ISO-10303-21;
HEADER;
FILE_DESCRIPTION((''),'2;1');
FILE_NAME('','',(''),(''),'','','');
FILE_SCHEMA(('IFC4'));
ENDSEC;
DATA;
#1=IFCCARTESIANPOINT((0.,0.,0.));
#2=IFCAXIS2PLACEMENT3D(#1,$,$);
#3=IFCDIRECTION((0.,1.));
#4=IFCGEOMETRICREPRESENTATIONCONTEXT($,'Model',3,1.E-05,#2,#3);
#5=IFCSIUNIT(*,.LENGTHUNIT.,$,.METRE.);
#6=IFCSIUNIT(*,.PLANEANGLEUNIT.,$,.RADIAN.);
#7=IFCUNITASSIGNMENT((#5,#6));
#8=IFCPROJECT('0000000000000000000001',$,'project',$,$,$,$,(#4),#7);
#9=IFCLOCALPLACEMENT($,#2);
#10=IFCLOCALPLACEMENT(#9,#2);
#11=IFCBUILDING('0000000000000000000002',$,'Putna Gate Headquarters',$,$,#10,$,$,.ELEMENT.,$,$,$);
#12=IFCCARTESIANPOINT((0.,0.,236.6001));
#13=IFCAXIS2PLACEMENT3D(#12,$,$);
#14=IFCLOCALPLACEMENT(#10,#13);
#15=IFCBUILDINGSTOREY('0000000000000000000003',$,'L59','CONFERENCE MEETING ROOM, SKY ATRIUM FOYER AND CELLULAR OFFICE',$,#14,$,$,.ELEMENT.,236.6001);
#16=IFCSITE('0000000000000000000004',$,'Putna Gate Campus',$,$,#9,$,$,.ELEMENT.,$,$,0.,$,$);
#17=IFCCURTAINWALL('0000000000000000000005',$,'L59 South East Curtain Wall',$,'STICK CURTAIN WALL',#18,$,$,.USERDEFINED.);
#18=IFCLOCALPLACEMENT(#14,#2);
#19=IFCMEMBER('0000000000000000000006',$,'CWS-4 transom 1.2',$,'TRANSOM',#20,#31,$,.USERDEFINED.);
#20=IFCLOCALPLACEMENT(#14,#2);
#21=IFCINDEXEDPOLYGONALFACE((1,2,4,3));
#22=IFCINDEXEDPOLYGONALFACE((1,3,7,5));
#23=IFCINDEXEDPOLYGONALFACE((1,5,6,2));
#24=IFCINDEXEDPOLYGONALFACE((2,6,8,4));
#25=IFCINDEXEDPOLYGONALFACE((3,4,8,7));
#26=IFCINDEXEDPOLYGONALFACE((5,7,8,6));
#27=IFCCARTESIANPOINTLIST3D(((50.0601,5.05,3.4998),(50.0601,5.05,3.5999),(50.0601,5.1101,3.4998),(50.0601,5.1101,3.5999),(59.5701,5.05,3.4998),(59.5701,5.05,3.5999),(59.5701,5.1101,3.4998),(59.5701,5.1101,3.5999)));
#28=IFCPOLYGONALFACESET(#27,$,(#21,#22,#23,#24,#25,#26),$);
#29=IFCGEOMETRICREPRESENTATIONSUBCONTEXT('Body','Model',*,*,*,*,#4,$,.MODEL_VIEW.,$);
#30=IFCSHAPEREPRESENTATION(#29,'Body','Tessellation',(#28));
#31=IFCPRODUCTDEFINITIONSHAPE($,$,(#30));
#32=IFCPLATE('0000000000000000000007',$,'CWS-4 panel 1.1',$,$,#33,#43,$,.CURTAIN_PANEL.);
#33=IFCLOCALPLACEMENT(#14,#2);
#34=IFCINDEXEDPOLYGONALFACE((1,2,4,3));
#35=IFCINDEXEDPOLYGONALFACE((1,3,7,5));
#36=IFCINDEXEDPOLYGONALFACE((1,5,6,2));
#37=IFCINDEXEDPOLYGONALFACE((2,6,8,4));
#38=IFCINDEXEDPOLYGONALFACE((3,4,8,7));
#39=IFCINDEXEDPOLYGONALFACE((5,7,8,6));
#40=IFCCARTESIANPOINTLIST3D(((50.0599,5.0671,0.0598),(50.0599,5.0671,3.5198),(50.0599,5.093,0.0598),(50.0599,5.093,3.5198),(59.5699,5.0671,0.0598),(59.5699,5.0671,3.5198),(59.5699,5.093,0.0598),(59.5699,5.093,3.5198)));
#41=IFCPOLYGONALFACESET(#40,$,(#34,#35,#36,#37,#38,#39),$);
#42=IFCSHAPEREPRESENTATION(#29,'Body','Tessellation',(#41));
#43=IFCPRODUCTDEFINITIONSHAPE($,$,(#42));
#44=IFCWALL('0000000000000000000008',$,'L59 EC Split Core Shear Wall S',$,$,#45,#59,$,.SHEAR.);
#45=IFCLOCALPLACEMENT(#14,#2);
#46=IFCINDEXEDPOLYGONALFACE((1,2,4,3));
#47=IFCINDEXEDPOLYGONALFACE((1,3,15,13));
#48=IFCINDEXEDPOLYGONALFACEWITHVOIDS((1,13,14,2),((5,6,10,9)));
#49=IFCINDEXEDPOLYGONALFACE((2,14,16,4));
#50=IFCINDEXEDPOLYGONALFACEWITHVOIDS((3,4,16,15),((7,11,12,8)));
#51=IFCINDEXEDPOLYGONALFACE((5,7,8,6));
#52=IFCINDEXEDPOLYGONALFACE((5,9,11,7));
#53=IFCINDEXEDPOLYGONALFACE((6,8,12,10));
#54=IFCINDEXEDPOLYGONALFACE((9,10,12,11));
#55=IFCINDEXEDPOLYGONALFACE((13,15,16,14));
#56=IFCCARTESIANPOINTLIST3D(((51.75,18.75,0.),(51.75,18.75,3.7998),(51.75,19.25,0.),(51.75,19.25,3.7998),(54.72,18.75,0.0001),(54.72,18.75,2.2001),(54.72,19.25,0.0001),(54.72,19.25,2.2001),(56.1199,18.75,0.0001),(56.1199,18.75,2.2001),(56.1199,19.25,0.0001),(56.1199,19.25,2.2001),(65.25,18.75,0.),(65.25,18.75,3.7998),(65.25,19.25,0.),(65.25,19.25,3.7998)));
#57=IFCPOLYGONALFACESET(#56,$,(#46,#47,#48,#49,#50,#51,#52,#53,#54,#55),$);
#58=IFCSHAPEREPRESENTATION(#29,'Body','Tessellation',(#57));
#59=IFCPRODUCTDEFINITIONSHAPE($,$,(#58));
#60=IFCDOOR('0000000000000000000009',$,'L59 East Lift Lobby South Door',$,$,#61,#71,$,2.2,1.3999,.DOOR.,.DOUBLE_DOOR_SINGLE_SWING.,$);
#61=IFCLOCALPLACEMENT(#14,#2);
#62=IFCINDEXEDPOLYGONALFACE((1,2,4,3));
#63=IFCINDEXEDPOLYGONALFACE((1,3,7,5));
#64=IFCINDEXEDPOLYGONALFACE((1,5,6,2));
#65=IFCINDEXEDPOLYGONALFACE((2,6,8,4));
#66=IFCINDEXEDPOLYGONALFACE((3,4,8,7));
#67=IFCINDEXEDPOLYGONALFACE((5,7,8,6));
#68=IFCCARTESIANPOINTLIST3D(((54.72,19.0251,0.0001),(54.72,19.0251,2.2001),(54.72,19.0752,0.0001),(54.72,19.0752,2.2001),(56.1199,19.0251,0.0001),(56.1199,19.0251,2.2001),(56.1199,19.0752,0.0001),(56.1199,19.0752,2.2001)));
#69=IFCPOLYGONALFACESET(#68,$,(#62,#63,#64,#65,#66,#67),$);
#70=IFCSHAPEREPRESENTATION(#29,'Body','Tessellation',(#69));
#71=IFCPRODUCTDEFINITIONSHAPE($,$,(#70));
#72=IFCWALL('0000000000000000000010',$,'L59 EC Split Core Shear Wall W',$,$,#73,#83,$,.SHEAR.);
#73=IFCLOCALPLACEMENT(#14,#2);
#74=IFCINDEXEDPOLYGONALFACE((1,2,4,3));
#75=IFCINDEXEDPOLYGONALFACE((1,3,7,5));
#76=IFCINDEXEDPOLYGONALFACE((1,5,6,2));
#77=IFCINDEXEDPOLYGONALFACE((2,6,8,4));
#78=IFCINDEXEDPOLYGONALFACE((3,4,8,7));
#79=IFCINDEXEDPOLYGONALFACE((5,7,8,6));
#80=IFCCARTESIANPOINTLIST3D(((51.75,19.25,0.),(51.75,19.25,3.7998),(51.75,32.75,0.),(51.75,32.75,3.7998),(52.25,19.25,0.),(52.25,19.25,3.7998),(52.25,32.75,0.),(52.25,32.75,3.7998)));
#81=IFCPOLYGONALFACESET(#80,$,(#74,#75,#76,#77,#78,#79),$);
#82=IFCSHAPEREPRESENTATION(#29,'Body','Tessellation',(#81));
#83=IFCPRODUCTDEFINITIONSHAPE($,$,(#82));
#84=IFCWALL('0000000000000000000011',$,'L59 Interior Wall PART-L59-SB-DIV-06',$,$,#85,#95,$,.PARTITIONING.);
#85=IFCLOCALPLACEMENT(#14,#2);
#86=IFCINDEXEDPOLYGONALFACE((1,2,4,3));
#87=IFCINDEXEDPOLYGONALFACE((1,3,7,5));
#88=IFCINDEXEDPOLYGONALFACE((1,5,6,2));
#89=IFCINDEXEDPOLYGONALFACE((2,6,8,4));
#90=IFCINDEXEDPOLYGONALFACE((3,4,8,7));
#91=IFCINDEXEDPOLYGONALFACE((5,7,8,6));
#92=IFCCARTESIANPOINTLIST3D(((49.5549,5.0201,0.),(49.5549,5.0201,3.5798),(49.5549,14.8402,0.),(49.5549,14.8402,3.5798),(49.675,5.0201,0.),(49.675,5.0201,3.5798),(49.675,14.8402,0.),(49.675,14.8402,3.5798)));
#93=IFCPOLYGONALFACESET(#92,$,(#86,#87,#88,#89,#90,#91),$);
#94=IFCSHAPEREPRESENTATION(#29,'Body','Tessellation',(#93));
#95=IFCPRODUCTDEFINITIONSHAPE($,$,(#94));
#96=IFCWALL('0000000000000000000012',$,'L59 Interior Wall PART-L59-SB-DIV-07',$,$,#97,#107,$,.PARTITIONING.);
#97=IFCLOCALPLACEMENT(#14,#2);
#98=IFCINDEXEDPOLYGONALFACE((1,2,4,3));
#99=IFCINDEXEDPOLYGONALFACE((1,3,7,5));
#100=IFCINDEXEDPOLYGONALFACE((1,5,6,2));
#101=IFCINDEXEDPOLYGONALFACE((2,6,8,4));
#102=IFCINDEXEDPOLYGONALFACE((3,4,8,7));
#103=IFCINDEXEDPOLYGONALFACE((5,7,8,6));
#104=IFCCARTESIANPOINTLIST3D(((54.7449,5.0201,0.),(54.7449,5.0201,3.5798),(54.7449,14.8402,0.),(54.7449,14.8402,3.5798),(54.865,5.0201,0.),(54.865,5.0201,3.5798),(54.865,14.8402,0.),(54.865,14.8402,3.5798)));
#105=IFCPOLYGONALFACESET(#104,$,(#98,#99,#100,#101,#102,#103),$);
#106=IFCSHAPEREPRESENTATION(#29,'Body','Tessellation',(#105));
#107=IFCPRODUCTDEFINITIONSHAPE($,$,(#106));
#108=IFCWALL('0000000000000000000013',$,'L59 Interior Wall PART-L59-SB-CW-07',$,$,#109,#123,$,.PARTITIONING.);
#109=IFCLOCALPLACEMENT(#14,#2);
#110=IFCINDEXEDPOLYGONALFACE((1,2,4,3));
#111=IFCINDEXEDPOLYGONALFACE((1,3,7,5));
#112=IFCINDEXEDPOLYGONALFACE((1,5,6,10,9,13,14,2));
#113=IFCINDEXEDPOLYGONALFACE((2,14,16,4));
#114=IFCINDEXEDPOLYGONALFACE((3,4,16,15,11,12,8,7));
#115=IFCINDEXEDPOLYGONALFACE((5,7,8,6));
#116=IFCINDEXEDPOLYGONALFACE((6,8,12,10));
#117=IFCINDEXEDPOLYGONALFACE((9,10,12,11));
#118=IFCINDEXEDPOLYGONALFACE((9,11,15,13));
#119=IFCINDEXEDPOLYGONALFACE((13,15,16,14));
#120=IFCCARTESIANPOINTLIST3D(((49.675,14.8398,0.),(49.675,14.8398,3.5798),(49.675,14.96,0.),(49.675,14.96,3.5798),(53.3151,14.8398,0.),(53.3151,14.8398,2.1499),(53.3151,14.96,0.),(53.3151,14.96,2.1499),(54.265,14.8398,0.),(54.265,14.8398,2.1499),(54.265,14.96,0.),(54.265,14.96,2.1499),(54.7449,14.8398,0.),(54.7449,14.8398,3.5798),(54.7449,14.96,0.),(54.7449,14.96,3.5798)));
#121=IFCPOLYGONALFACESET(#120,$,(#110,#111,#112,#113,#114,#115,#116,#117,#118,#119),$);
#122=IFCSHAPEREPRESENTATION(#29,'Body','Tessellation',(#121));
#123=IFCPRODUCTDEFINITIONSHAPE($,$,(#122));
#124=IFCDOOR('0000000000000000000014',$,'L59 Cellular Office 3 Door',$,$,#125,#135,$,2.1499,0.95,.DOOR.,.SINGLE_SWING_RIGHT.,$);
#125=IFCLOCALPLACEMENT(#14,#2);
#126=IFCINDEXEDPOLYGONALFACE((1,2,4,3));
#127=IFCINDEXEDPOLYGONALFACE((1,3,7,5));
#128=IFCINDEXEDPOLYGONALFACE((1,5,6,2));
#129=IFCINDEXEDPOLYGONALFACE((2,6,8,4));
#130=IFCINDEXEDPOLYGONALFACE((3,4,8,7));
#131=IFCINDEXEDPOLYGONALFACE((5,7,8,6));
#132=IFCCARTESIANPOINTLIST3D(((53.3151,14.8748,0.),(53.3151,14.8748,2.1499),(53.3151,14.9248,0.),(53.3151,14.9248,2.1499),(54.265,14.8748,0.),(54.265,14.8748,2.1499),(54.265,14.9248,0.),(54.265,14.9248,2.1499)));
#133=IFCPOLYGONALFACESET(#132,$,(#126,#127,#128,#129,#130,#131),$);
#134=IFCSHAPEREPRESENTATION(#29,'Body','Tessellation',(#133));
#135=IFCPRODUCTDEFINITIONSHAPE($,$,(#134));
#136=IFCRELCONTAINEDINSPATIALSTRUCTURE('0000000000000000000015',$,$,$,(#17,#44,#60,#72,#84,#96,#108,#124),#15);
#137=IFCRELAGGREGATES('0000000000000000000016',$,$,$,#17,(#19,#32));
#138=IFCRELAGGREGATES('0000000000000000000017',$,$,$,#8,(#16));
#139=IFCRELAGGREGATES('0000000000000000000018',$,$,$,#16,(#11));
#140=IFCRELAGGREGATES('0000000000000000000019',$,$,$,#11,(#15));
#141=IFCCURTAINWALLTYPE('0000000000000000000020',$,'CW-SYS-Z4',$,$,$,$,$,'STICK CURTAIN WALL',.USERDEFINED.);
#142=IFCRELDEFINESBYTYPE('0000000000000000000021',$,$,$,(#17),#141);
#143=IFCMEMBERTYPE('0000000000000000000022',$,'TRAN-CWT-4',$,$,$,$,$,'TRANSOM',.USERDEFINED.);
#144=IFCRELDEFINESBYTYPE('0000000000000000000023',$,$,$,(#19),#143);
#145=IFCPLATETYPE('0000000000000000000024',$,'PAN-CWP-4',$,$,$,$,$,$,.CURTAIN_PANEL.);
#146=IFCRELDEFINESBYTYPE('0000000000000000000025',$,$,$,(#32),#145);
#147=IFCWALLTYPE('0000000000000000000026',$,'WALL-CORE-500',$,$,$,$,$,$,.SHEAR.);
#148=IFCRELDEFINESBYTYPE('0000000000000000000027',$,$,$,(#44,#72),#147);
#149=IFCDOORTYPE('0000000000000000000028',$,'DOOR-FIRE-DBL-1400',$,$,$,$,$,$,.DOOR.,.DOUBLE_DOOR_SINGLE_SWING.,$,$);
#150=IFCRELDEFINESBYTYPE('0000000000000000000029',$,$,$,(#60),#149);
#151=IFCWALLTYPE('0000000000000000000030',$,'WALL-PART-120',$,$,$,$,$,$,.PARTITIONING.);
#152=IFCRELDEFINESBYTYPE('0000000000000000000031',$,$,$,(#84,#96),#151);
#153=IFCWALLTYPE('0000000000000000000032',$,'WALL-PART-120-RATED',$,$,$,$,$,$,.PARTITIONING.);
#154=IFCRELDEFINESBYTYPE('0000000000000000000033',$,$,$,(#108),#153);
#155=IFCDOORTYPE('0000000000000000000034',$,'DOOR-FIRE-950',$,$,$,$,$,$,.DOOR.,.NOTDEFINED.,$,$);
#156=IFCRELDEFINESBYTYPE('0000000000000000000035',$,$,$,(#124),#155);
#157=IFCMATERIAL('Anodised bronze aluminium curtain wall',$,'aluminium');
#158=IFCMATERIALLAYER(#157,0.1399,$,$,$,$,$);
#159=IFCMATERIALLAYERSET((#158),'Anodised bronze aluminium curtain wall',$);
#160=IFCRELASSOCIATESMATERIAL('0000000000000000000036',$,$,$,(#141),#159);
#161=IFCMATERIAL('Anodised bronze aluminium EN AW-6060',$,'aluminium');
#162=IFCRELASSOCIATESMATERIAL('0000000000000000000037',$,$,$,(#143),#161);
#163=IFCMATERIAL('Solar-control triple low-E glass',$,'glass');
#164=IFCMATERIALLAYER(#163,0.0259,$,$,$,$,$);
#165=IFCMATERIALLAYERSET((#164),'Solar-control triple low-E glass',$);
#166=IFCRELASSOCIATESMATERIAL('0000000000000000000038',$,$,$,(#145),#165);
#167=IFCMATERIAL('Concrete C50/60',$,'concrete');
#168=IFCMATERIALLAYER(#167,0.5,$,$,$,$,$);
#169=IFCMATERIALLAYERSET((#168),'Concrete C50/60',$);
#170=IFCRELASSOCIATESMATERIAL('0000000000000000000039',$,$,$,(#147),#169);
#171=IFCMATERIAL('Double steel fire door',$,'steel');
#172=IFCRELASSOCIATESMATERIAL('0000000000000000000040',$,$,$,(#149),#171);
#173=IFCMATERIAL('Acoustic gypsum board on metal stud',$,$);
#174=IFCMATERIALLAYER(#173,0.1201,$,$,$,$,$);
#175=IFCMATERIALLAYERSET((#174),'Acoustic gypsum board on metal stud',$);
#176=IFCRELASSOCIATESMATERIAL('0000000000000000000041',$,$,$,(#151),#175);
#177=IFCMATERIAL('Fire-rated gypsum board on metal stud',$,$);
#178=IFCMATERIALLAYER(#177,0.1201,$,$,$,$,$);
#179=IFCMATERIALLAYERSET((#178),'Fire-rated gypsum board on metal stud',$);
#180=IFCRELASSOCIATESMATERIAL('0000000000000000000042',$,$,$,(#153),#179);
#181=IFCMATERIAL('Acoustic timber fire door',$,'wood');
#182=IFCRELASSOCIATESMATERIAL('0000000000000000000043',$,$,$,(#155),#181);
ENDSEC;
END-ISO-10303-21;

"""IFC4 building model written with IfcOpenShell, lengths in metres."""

from ifc_helpers import new_model, si_unit, direction, frame, frame_2d, origin, origin_2d, place, context, subcontext, project, spatial, rectangle, extrude, material, layer, layer_set, material_profile, profile_set, type_object, element, fill, aggregate, save


model = new_model("IFC4")

# Units and contexts
model_context = context("Model", 3, precision=1e-05, world=origin(), true_north=direction((0.0, 1.0)))
body_context = subcontext(model_context, "Body", "Model", "MODEL_VIEW")
ifc_project = project(units=[si_unit("LENGTHUNIT", "METRE"), si_unit("PLANEANGLEUNIT", "RADIAN")], contexts=[model_context])

# Site, building, storey
site_placement = place(None, origin())
site = spatial("IfcSite", under=ifc_project, at=site_placement, Name="Putna Gate Campus", CompositionType="ELEMENT", RefElevation=0.0)
building_placement = place(site_placement, origin())
building = spatial("IfcBuilding", under=site, at=building_placement, Name="Putna Gate Headquarters", CompositionType="ELEMENT")
storey_placement = place(building_placement, frame((0.0, 0.0, 236.6001)))
storey = spatial("IfcBuildingStorey", under=building, at=storey_placement, Name="L59", Description="CONFERENCE MEETING ROOM, SKY ATRIUM FOYER AND CELLULAR OFFICE", CompositionType="ELEMENT", Elevation=236.6001)

# Curtain wall
ifc_material_1 = material(Name="Anodised bronze aluminium curtain wall", Category="aluminium")
ifc_layer_1 = layer(ifc_material_1, 0.1399)
ifc_layer_set_1 = layer_set([ifc_layer_1], Name="Anodised bronze aluminium curtain wall")
curtain_wall_type_1 = type_object("IfcCurtainWallType", Name="CW-SYS-Z4", ElementType="STICK CURTAIN WALL", PredefinedType="USERDEFINED", material=ifc_layer_set_1)
curtain_wall_1_placement = place(storey_placement, origin())
curtain_wall_1 = element("IfcCurtainWall", 1, at=curtain_wall_1_placement, inside=storey, type_object=curtain_wall_type_1, Name="L59 South East Curtain Wall", ObjectType="STICK CURTAIN WALL", PredefinedType="USERDEFINED")
ifc_material_2 = material(Name="Anodised bronze aluminium EN AW-6060", Category="aluminium")

# Member
ifc_material_profile_1 = material_profile(ifc_material_2, rectangle(XDim=0.0601, YDim=0.1001, at=origin_2d()), Name="Anodised bronze aluminium EN AW-6060")
ifc_profile_set_1 = profile_set([ifc_material_profile_1], Name="Anodised bronze aluminium EN AW-6060")
member_type_1 = type_object("IfcMemberType", Name="TRAN-CWT-4", ElementType="TRANSOM", PredefinedType="USERDEFINED", material=ifc_profile_set_1)
member_1_placement = place(storey_placement, frame((50.0601, 5.0801, 3.5498), z_axis=(1.0, 0.0, 0.0), x_axis=(0.0, 1.0, 0.0)))
member_1 = element("IfcMember", 2, at=member_1_placement, type_object=member_type_1, Name="CWS-4 transom 1.2", ObjectType="TRANSOM", PredefinedType="USERDEFINED", context=body_context, shape_type="SweptSolid", body=[
    extrude(rectangle(XDim=0.0601, YDim=0.1001, at=origin_2d()), origin(), (0.0, 0.0, 1.0), 9.51),
])

# Plate
ifc_material_3 = material(Name="Solar-control triple low-E glass", Category="glass")
ifc_layer_2 = layer(ifc_material_3, 0.0259)
ifc_layer_set_2 = layer_set([ifc_layer_2], Name="Solar-control triple low-E glass")
plate_type = type_object("IfcPlateType", Name="PAN-CWP-4", PredefinedType="CURTAIN_PANEL", material=ifc_layer_set_2)
plate_placement = place(storey_placement, frame((54.8149, 5.0801, 0.0598), z_axis=(0.0, 0.0, 1.0), x_axis=(1.0, 0.0, 0.0)))
plate = element("IfcPlate", 3, at=plate_placement, type_object=plate_type, Name="CWS-4 panel 1.1", PredefinedType="CURTAIN_PANEL", context=body_context, shape_type="SweptSolid", body=[
    extrude(rectangle(XDim=9.51, YDim=0.0259, at=origin_2d()), origin(), (0.0, 0.0, 1.0), 3.46),
])
aggregate(curtain_wall_1, [member_1, plate])

# Wall, opening, door
ifc_material_4 = material(Name="Concrete C50/60", Category="concrete")
ifc_layer_3 = layer(ifc_material_4, 0.5)
ifc_layer_set_3 = layer_set([ifc_layer_3], Name="Concrete C50/60")
wall_type_1 = type_object("IfcWallType", Name="WALL-CORE-500", PredefinedType="SHEAR", material=ifc_layer_set_3)
wall_1_placement = place(storey_placement, frame((51.75, 19.0, 0.0), z_axis=(0.0, 0.0, 1.0), x_axis=(1.0, 0.0, 0.0)))
wall_1 = element("IfcWall", 4, at=wall_1_placement, inside=storey, type_object=wall_type_1, Name="L59 EC Split Core Shear Wall S", PredefinedType="SHEAR", context=body_context, shape_type="SweptSolid", body=[
    extrude(rectangle(XDim=13.5, YDim=0.5, at=frame_2d((6.75, 0.0))), origin(), (0.0, 0.0, 1.0), 3.7998),
])
opening_1_placement = place(wall_1_placement, frame((2.97, 0.0, 0.0)))
opening_1 = element("IfcOpeningElement", 5, at=opening_1_placement, cuts=wall_1, PredefinedType="OPENING", context=body_context, shape_type="SweptSolid", body=[
    extrude(rectangle(XDim=1.3999, YDim=2.2, at=frame_2d((0.7, 1.1001))), frame((0.0, 0.26, 0.0), z_axis=(0.0, -1.0, 0.0), x_axis=(1.0, 0.0, 0.0)), (0.0, 0.0, 1.0), 0.52),
])
ifc_material_5 = material(Name="Double steel fire door", Category="steel")
door_type_1 = type_object("IfcDoorType", Name="DOOR-FIRE-DBL-1400", OperationType="DOUBLE_DOOR_SINGLE_SWING", PredefinedType="DOOR", material=ifc_material_5)
door_1_placement = place(opening_1_placement, origin())
door_1 = element("IfcDoor", 6, at=door_1_placement, inside=storey, type_object=door_type_1, Name="L59 East Lift Lobby South Door", OperationType="DOUBLE_DOOR_SINGLE_SWING", OverallHeight=2.2, OverallWidth=1.3999, PredefinedType="DOOR", context=body_context, shape_type="SweptSolid", body=[
    extrude(rectangle(XDim=1.3999, YDim=2.2, at=frame_2d((0.7, 1.1001))), frame((0.0, 0.0752, 0.0), z_axis=(0.0, -1.0, 0.0), x_axis=(1.0, 0.0, 0.0)), (0.0, 0.0, 1.0), 0.05),
])
fill(opening_1, door_1)

# Walls
wall_2_placement = place(storey_placement, frame((52.0, 19.25, 0.0), z_axis=(0.0, 0.0, 1.0), x_axis=(0.0, 1.0, 0.0)))
element("IfcWall", 7, at=wall_2_placement, inside=storey, type_object=wall_type_1, Name="L59 EC Split Core Shear Wall W", PredefinedType="SHEAR", context=body_context, shape_type="SweptSolid", body=[
    extrude(rectangle(XDim=13.5, YDim=0.5, at=frame_2d((6.75, 0.0))), origin(), (0.0, 0.0, 1.0), 3.7998),
])
ifc_material_6 = material(Name="Acoustic gypsum board on metal stud")
ifc_layer_4 = layer(ifc_material_6, 0.1201)
ifc_layer_set_4 = layer_set([ifc_layer_4], Name="Acoustic gypsum board on metal stud")
wall_type_2 = type_object("IfcWallType", Name="WALL-PART-120", PredefinedType="PARTITIONING", material=ifc_layer_set_4)
for number, where, z_axis, x_axis, name in (
    (8, (49.615, 5.02, 0.0), (0.0, 0.0, 1.0), (0.0, 1.0, 0.0), "L59 Interior Wall PART-L59-SB-DIV-06"),
    (9, (54.8049, 5.02, 0.0), (0.0, 0.0, 1.0), (0.0, 1.0, 0.0), "L59 Interior Wall PART-L59-SB-DIV-07"),
):
    element("IfcWall", number, at=place(storey_placement, frame(where, z_axis=z_axis, x_axis=x_axis)), inside=storey, type_object=wall_type_2, Name=name, PredefinedType="PARTITIONING", context=body_context, shape_type="SweptSolid", body=[
        extrude(rectangle(XDim=9.8201, YDim=0.1201, at=frame_2d((4.9102, 0.0))), origin(), (0.0, 0.0, 1.0), 3.5798),
    ])

# Wall, opening, door
ifc_material_7 = material(Name="Fire-rated gypsum board on metal stud")
ifc_layer_5 = layer(ifc_material_7, 0.1201)
ifc_layer_set_5 = layer_set([ifc_layer_5], Name="Fire-rated gypsum board on metal stud")
wall_type_3 = type_object("IfcWallType", Name="WALL-PART-120-RATED", PredefinedType="PARTITIONING", material=ifc_layer_set_5)
wall_3_placement = place(storey_placement, frame((49.675, 14.8999, 0.0), z_axis=(0.0, 0.0, 1.0), x_axis=(1.0, 0.0, 0.0)))
wall_3 = element("IfcWall", 10, at=wall_3_placement, inside=storey, type_object=wall_type_3, Name="L59 Interior Wall PART-L59-SB-CW-07", PredefinedType="PARTITIONING", context=body_context, shape_type="SweptSolid", body=[
    extrude(rectangle(XDim=5.0698, YDim=0.1201, at=frame_2d((2.5349, 0.0))), origin(), (0.0, 0.0, 1.0), 3.5798),
])
opening_2_placement = place(wall_3_placement, frame((3.6399, 0.0, 0.0)))
opening_2 = element("IfcOpeningElement", 11, at=opening_2_placement, cuts=wall_3, PredefinedType="OPENING", context=body_context, shape_type="SweptSolid", body=[
    extrude(rectangle(XDim=0.95, YDim=2.1499, at=frame_2d((0.4751, 1.075))), frame((0.0, 0.0701, 0.0), z_axis=(0.0, -1.0, 0.0), x_axis=(1.0, 0.0, 0.0)), (0.0, 0.0, 1.0), 0.1401),
])
ifc_material_8 = material(Name="Acoustic timber fire door", Category="wood")
door_type_2 = type_object("IfcDoorType", Name="DOOR-FIRE-950", OperationType="NOTDEFINED", PredefinedType="DOOR", material=ifc_material_8)
door_2_placement = place(opening_2_placement, origin())
door_2 = element("IfcDoor", 12, at=door_2_placement, inside=storey, type_object=door_type_2, Name="L59 Cellular Office 3 Door", OperationType="SINGLE_SWING_RIGHT", OverallHeight=2.1499, OverallWidth=0.95, PredefinedType="DOOR", context=body_context, shape_type="SweptSolid", body=[
    extrude(rectangle(XDim=0.95, YDim=2.1499, at=frame_2d((0.4751, 1.075))), frame((0.0, 0.0249, 0.0), z_axis=(0.0, -1.0, 0.0), x_axis=(1.0, 0.0, 0.0)), (0.0, 0.0, 1.0), 0.05),
])
fill(opening_2, door_2)

save(model, "model.ifc")
